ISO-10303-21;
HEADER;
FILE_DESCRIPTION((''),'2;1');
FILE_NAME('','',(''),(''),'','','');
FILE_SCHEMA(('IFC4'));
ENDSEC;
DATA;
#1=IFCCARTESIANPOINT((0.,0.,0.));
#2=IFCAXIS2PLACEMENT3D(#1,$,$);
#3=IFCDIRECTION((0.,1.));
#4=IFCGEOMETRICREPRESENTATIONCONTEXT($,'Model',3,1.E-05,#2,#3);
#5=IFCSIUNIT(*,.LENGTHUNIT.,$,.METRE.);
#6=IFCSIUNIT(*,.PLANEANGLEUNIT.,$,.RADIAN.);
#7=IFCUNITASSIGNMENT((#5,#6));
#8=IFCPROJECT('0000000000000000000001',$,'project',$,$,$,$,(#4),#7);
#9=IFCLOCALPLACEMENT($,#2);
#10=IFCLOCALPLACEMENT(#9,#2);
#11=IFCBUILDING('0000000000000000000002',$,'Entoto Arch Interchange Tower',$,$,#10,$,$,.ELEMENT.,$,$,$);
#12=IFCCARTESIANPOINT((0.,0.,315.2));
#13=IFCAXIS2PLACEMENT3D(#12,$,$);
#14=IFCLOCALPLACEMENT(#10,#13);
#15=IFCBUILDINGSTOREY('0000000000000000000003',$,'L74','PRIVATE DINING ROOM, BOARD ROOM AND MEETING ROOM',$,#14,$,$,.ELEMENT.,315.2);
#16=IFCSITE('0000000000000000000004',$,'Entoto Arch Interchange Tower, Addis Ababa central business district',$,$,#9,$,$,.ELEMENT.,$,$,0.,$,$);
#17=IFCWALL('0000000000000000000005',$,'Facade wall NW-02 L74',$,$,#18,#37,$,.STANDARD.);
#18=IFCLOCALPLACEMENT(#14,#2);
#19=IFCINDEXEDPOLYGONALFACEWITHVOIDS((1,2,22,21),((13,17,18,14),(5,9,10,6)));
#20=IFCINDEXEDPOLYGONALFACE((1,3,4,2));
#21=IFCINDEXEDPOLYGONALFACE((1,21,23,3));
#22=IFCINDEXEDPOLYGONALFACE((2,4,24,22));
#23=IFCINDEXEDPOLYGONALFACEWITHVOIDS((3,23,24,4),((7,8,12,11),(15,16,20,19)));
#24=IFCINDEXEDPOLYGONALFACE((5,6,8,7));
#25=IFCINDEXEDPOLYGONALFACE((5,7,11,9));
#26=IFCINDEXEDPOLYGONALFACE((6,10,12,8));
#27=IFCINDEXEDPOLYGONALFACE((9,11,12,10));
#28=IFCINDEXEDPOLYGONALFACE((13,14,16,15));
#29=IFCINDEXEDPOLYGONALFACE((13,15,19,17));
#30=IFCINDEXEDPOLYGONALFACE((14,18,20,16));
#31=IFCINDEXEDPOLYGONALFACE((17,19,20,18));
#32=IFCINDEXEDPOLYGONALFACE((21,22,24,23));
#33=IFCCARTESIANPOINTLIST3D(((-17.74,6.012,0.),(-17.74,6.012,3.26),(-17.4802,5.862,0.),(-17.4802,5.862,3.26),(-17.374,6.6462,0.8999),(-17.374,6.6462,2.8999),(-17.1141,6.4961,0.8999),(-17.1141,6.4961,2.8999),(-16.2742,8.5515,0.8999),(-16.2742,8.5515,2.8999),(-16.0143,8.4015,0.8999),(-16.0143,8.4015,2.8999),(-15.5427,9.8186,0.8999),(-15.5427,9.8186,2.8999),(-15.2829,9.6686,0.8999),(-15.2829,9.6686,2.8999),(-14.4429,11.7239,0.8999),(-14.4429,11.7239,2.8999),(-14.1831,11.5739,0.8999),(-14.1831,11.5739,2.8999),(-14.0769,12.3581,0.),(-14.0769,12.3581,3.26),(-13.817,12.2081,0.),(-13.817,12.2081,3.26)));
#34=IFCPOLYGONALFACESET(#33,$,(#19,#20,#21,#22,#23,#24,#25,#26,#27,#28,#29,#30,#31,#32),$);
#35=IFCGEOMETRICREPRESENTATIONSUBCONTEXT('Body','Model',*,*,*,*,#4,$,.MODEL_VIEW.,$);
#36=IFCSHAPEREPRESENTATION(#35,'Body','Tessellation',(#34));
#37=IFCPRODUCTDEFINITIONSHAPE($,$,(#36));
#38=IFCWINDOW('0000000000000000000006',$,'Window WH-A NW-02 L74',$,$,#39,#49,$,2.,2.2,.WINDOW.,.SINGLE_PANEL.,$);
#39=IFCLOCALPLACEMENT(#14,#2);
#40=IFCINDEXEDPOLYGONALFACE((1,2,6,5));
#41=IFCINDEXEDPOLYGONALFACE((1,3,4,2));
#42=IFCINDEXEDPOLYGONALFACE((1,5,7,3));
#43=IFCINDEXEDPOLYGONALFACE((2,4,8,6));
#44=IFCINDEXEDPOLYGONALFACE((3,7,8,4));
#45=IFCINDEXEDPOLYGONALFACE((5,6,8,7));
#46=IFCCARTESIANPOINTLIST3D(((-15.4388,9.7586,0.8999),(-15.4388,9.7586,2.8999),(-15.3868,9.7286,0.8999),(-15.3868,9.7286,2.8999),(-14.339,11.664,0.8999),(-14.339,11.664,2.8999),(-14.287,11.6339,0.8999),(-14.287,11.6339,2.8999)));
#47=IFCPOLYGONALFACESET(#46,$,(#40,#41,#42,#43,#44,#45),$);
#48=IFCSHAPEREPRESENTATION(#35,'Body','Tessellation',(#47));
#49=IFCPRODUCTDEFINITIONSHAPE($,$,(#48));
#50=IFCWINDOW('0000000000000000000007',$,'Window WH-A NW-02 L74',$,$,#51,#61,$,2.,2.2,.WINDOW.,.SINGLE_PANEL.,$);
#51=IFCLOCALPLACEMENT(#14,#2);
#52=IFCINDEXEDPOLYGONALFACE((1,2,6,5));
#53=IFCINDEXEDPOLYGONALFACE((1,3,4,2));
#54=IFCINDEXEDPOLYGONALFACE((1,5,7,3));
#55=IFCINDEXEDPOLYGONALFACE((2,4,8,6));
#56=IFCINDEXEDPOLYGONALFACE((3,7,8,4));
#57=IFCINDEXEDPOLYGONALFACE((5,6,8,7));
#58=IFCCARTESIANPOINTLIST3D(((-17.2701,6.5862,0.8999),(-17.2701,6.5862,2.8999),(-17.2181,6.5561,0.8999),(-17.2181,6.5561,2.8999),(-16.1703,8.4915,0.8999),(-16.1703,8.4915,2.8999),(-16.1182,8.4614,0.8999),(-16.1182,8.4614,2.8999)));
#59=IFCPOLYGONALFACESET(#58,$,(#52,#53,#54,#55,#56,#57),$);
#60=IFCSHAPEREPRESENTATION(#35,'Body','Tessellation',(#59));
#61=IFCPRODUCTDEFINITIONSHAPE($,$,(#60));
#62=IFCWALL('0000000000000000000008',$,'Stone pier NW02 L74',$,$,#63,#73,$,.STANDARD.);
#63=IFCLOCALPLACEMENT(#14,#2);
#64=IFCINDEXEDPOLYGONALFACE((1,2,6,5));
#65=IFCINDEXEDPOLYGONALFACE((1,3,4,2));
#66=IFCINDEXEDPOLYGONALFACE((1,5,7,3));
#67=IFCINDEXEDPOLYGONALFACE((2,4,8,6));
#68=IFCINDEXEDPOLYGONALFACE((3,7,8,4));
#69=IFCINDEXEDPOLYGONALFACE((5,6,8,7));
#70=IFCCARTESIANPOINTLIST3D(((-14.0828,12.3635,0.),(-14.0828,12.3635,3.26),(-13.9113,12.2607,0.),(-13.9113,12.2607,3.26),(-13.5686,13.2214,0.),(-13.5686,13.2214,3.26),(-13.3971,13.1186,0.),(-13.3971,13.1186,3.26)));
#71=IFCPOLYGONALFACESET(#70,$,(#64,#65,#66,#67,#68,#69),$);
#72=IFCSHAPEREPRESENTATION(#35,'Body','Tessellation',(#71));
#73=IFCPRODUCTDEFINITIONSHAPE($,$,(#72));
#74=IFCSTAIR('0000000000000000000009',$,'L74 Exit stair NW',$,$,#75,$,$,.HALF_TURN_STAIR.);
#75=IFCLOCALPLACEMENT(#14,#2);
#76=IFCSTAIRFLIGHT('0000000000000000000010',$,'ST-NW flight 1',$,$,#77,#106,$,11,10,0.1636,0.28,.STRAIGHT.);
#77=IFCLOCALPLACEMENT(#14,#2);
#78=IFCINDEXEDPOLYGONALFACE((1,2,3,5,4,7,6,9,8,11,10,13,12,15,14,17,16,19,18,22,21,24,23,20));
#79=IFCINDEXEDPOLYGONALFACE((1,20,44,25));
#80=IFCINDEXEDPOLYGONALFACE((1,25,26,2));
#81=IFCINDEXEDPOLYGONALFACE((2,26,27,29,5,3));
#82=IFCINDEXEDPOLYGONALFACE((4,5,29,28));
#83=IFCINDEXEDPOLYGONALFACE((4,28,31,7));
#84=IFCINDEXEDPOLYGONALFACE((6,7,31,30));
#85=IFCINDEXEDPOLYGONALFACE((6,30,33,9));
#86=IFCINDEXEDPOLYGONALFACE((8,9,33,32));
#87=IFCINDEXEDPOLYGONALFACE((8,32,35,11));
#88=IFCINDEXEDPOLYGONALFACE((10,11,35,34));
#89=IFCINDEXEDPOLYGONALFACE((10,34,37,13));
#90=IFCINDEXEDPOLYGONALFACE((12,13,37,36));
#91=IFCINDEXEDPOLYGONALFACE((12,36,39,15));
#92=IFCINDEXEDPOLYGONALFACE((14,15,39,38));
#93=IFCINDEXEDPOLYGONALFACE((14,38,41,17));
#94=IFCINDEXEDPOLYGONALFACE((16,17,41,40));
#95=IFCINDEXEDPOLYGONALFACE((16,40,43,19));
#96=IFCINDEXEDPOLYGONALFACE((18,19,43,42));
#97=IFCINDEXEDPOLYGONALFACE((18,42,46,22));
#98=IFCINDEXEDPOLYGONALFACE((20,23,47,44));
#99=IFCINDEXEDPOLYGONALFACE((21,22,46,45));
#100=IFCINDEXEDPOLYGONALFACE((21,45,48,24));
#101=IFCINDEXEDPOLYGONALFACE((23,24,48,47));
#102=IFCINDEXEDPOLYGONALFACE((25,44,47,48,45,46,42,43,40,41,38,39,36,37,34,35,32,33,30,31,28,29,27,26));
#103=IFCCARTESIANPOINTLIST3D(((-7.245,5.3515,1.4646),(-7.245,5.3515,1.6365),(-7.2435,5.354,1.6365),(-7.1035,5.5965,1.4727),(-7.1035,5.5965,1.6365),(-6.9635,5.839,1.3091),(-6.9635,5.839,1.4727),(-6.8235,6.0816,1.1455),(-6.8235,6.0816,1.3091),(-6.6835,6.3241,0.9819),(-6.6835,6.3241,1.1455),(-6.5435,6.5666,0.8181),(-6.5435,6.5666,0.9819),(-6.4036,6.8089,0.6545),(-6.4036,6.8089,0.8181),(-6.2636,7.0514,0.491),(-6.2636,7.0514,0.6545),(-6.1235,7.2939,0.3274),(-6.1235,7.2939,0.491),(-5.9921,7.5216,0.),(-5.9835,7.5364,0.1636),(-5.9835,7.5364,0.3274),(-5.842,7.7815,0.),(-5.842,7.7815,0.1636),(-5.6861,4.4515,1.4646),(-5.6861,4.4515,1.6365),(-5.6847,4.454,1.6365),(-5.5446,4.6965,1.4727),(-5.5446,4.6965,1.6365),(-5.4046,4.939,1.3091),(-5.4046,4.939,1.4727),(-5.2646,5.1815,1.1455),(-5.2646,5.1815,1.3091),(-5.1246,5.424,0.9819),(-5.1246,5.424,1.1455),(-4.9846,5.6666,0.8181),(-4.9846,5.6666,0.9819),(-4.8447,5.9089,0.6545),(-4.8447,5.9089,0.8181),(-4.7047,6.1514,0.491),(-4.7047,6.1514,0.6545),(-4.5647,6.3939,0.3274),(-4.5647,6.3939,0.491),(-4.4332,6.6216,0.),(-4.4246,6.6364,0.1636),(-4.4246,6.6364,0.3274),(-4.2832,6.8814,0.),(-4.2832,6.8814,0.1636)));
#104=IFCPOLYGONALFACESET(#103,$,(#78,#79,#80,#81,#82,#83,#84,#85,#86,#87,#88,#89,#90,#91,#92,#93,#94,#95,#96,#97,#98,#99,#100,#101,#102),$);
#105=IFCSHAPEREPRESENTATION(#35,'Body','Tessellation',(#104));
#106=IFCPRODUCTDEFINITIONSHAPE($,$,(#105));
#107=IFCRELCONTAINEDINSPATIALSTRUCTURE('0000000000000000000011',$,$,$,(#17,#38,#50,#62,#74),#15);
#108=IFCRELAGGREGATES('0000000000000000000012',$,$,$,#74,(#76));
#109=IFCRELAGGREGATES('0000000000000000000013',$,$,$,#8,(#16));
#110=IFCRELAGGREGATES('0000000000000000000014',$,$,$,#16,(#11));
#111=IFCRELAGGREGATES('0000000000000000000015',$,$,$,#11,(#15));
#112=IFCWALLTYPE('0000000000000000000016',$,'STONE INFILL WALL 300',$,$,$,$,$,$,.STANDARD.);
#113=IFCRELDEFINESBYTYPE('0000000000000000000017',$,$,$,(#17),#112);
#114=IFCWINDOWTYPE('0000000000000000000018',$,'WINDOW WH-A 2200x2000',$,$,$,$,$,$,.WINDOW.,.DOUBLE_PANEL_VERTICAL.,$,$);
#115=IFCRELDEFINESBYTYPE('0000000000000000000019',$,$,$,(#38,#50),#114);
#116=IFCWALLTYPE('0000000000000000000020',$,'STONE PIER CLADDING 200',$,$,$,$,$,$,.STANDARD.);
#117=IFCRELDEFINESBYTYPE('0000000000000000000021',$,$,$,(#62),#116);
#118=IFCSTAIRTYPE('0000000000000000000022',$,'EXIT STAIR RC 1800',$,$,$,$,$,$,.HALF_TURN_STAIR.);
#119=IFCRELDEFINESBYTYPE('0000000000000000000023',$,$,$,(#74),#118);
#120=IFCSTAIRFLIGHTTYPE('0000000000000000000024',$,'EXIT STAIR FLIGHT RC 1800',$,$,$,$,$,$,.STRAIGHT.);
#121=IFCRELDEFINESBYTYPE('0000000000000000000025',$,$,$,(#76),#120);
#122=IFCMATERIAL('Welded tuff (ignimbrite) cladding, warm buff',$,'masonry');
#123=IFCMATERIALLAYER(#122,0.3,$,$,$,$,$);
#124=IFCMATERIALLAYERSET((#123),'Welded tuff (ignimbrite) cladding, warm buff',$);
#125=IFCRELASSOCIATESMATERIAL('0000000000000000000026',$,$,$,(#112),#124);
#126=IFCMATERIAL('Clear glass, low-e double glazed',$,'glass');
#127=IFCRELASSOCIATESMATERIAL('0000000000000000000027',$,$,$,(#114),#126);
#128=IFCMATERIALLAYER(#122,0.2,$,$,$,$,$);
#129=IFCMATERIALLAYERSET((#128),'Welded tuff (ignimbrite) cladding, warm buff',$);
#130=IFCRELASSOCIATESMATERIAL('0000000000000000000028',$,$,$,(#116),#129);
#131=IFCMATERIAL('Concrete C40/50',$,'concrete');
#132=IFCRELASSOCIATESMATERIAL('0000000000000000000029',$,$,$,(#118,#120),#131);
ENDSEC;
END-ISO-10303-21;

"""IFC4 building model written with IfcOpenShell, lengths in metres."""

from ifc_helpers import new_model, si_unit, direction, frame, frame_2d, origin, place, context, subcontext, project, spatial, polyline, rectangle, outline, extrude, material, layer, layer_set, type_object, element, fill, aggregate, save


model = new_model("IFC4")

# Units and contexts
model_context = context("Model", 3, precision=1e-05, world=origin(), true_north=direction((0.0, 1.0)))
body_context = subcontext(model_context, "Body", "Model", "MODEL_VIEW")
ifc_project = project(units=[si_unit("LENGTHUNIT", "METRE"), si_unit("PLANEANGLEUNIT", "RADIAN")], contexts=[model_context])

# Site, building, storey
site_placement = place(None, origin())
site = spatial("IfcSite", under=ifc_project, at=site_placement, Name="Entoto Arch Interchange Tower, Addis Ababa central business district", CompositionType="ELEMENT", RefElevation=0.0)
building_placement = place(site_placement, origin())
building = spatial("IfcBuilding", under=site, at=building_placement, Name="Entoto Arch Interchange Tower", CompositionType="ELEMENT")
storey_placement = place(building_placement, frame((0.0, 0.0, 315.2)))
storey = spatial("IfcBuildingStorey", under=building, at=storey_placement, Name="L74", Description="PRIVATE DINING ROOM, BOARD ROOM AND MEETING ROOM", CompositionType="ELEMENT", Elevation=315.2)

# Shared definitions
ifc_material_1 = material(Name="Concrete C40/50", Category="concrete")

# Wall, openings, windows
ifc_material_2 = material(Name="Welded tuff (ignimbrite) cladding, warm buff", Category="masonry")
ifc_layer_1 = layer(ifc_material_2, 0.3)
ifc_layer_set_1 = layer_set([ifc_layer_1], Name="Welded tuff (ignimbrite) cladding, warm buff")
wall_type_1 = type_object("IfcWallType", Name="STONE INFILL WALL 300", PredefinedType="STANDARD", material=ifc_layer_set_1)
wall_1_placement = place(storey_placement, frame((-13.947, 12.283, 0.0), z_axis=(0.0, 0.0, 1.0), x_axis=(-0.499923, -0.86607, 0.0)))
wall_1 = element("IfcWall", 1, at=wall_1_placement, inside=storey, type_object=wall_type_1, Name="Facade wall NW-02 L74", PredefinedType="STANDARD", context=body_context, shape_type="SweptSolid", body=[
    extrude(rectangle(XDim=7.3274, YDim=0.3, at=frame_2d((3.6636, 0.0))), origin(), (0.0, 0.0, 1.0), 3.26),
])
opening_1_placement = place(wall_1_placement, frame((0.7319, 0.0, 0.8999)))
opening_1 = element("IfcOpeningElement", 2, at=opening_1_placement, cuts=wall_1, PredefinedType="OPENING", context=body_context, shape_type="SweptSolid", body=[
    extrude(rectangle(XDim=2.2, YDim=2.0, at=frame_2d((1.1001, 1.0))), frame((0.0, 0.1602, 0.0), z_axis=(0.0, -1.0, 0.0), x_axis=(1.0, 0.0, 0.0)), (0.0, 0.0, 1.0), 0.3201),
])
opening_2_placement = place(wall_1_placement, frame((4.395, 0.0, 0.8999)))
opening_2 = element("IfcOpeningElement", 3, at=opening_2_placement, cuts=wall_1, PredefinedType="OPENING", context=body_context, shape_type="SweptSolid", body=[
    extrude(rectangle(XDim=2.2, YDim=2.0, at=frame_2d((1.1001, 1.0))), frame((0.0, 0.1602, 0.0), z_axis=(0.0, -1.0, 0.0), x_axis=(1.0, 0.0, 0.0)), (0.0, 0.0, 1.0), 0.3201),
])
ifc_material_3 = material(Name="Clear glass, low-e double glazed", Category="glass")
window_type = type_object("IfcWindowType", Name="WINDOW WH-A 2200x2000", PartitioningType="DOUBLE_PANEL_VERTICAL", PredefinedType="WINDOW", material=ifc_material_3)
window_1_placement = place(opening_1_placement, origin())
window_1 = element("IfcWindow", 4, at=window_1_placement, inside=storey, type_object=window_type, Name="Window WH-A NW-02 L74", OverallHeight=2.0, OverallWidth=2.2, PartitioningType="SINGLE_PANEL", PredefinedType="WINDOW", context=body_context, shape_type="SweptSolid", body=[
    extrude(rectangle(XDim=2.2, YDim=2.0, at=frame_2d((1.1001, 1.0))), frame((0.0, 0.03, 0.0), z_axis=(0.0, -1.0, 0.0), x_axis=(1.0, 0.0, 0.0)), (0.0, 0.0, 1.0), 0.0601),
])
fill(opening_1, window_1)
window_2_placement = place(opening_2_placement, origin())
window_2 = element("IfcWindow", 5, at=window_2_placement, inside=storey, type_object=window_type, Name="Window WH-A NW-02 L74", OverallHeight=2.0, OverallWidth=2.2, PartitioningType="SINGLE_PANEL", PredefinedType="WINDOW", context=body_context, shape_type="SweptSolid", body=[
    extrude(rectangle(XDim=2.2, YDim=2.0, at=frame_2d((1.1001, 1.0))), frame((0.0, 0.03, 0.0), z_axis=(0.0, -1.0, 0.0), x_axis=(1.0, 0.0, 0.0)), (0.0, 0.0, 1.0), 0.0601),
])
fill(opening_2, window_2)

# Wall
ifc_layer_2 = layer(ifc_material_2, 0.2)
ifc_layer_set_2 = layer_set([ifc_layer_2], Name="Welded tuff (ignimbrite) cladding, warm buff")
wall_type_2 = type_object("IfcWallType", Name="STONE PIER CLADDING 200", PredefinedType="STANDARD", material=ifc_layer_set_2)
wall_2_placement = place(storey_placement, frame((-13.4829, 13.1699, 0.0), z_axis=(0.0, 0.0, 1.0), x_axis=(-0.514065, -0.857751, 0.0)))
element("IfcWall", 6, at=wall_2_placement, inside=storey, type_object=wall_type_2, Name="Stone pier NW02 L74", PredefinedType="STANDARD", context=body_context, shape_type="SweptSolid", body=[
    extrude(rectangle(XDim=1.0002, YDim=0.2, at=frame_2d((0.5, 0.0))), origin(), (0.0, 0.0, 1.0), 3.26),
])

# Stair, stair flight
stair_type = type_object("IfcStairType", Name="EXIT STAIR RC 1800", PredefinedType="HALF_TURN_STAIR", material=ifc_material_1)
stair_placement = place(storey_placement, origin())
stair = element("IfcStair", 7, at=stair_placement, inside=storey, type_object=stair_type, Name="L74 Exit stair NW", PredefinedType="HALF_TURN_STAIR")
stair_flight_type = type_object("IfcStairFlightType", Name="EXIT STAIR FLIGHT RC 1800", PredefinedType="STRAIGHT", material=ifc_material_1)
stair_flight_placement = place(storey_placement, frame((-5.064, 7.3289, 0.0), z_axis=(0.0, 0.0, 1.0), x_axis=(-0.5, -0.866025, 0.0)))
stair_flight = element("IfcStairFlight", 8, at=stair_flight_placement, type_object=stair_flight_type, Name="ST-NW flight 1", NumberOfRisers=11, NumberOfTreads=10, PredefinedType="STRAIGHT", RiserHeight=0.1636, TreadLength=0.28, context=body_context, shape_type="SweptSolid", body=[
    extrude(outline(polyline([(-0.0029, 0.0), (-0.0029, 0.1636), (0.28, 0.1636), (0.28, 0.3274), (0.5601, 0.3274), (0.5601, 0.491), (0.8401, 0.491), (0.8401, 0.6545), (1.1201, 0.6545), (1.1201, 0.8181), (1.3999, 0.8181), (1.3999, 0.9819), (1.6799, 0.9819), (1.6799, 1.1455), (1.96, 1.1455), (1.96, 1.3091), (2.24, 1.3091), (2.24, 1.4727), (2.52, 1.4727), (2.52, 1.6365), (2.8, 1.6365), (2.803, 1.6365), (2.803, 1.4646), (0.2971, 0.0), (-0.0029, 0.0)])), frame((0.0, 0.8999, 0.0), z_axis=(0.0, -1.0, 0.0), x_axis=(1.0, 0.0, 0.0)), (0.0, 0.0, 1.0), 1.8),
])
aggregate(stair, [stair_flight])

save(model, "model.ifc")
